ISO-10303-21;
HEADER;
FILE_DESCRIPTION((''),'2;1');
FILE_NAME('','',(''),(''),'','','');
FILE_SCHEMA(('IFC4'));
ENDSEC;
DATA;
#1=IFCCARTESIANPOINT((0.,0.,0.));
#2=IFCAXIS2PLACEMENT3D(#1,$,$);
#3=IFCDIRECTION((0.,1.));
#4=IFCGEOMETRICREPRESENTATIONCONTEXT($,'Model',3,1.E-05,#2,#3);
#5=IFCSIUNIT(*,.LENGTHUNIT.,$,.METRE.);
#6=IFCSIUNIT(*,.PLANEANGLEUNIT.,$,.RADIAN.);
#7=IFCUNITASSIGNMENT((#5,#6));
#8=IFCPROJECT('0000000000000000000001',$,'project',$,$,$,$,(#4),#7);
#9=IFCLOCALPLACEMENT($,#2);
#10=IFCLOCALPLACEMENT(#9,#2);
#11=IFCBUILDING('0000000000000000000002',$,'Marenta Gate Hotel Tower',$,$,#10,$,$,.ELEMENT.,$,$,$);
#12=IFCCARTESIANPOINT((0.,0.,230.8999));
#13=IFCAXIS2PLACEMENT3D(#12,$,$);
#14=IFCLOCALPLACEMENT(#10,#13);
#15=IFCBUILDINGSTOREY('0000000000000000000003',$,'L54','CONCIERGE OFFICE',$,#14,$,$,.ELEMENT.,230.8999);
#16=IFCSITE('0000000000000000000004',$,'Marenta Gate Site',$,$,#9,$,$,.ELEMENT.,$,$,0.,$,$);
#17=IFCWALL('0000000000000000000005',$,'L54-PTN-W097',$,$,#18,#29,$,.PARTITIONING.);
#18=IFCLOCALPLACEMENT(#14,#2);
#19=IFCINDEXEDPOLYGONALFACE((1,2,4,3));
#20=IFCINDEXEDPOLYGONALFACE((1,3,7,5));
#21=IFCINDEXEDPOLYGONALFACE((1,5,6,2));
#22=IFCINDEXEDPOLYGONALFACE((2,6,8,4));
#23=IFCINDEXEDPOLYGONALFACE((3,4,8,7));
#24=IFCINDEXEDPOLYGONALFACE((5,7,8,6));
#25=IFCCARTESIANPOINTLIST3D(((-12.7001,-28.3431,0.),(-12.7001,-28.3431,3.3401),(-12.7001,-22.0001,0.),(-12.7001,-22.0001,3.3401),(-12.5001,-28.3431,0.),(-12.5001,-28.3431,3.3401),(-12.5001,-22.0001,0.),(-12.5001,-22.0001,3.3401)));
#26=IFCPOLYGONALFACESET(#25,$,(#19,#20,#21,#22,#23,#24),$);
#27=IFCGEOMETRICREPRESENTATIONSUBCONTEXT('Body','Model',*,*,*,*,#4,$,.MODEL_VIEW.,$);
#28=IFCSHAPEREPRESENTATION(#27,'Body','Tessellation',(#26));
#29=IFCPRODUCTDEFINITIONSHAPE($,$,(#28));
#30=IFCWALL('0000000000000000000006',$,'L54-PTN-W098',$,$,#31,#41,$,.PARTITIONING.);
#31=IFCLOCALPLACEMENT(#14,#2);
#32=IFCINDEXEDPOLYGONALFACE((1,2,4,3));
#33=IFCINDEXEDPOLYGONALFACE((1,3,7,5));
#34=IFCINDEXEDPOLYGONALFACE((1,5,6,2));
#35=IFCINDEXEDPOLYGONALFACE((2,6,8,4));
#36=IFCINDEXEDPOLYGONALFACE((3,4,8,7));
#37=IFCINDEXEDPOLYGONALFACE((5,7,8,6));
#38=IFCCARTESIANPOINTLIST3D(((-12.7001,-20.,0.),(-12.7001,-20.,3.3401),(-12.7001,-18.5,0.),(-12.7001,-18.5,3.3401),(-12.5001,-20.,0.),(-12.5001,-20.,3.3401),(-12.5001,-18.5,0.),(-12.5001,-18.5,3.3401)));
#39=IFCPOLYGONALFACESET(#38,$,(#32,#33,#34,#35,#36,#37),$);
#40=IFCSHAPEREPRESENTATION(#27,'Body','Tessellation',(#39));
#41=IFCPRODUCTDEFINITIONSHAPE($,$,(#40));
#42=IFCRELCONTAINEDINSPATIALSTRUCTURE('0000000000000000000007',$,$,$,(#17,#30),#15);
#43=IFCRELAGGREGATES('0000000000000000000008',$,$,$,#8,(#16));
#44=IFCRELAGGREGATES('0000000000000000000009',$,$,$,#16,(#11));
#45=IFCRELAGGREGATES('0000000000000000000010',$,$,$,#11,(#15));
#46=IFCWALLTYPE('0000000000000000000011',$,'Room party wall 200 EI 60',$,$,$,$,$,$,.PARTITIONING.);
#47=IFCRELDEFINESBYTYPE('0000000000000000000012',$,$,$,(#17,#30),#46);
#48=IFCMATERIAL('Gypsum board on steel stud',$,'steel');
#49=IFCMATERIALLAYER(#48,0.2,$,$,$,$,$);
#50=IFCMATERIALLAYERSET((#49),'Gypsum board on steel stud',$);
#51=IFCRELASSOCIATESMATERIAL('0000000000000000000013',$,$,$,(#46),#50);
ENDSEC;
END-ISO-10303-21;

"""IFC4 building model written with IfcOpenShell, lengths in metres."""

from ifc_helpers import new_model, si_unit, direction, frame, frame_2d, origin, place, context, subcontext, project, spatial, rectangle, extrude, material, layer, layer_set, type_object, element, save


model = new_model("IFC4")

# Units and contexts
model_context = context("Model", 3, precision=1e-05, world=origin(), true_north=direction((0.0, 1.0)))
body_context = subcontext(model_context, "Body", "Model", "MODEL_VIEW")
ifc_project = project(units=[si_unit("LENGTHUNIT", "METRE"), si_unit("PLANEANGLEUNIT", "RADIAN")], contexts=[model_context])

# Site, building, storey
site_placement = place(None, origin())
site = spatial("IfcSite", under=ifc_project, at=site_placement, Name="Marenta Gate Site", CompositionType="ELEMENT", RefElevation=0.0)
building_placement = place(site_placement, origin())
building = spatial("IfcBuilding", under=site, at=building_placement, Name="Marenta Gate Hotel Tower", CompositionType="ELEMENT")
storey_placement = place(building_placement, frame((0.0, 0.0, 230.8999)))
storey = spatial("IfcBuildingStorey", under=building, at=storey_placement, Name="L54", Description="CONCIERGE OFFICE", CompositionType="ELEMENT", Elevation=230.8999)

# Walls
ifc_material_1 = material(Name="Gypsum board on steel stud", Category="steel")
ifc_layer_1 = layer(ifc_material_1, 0.2)
ifc_layer_set_1 = layer_set([ifc_layer_1], Name="Gypsum board on steel stud")
wall_type_1 = type_object("IfcWallType", Name="Room party wall 200 EI 60", PredefinedType="PARTITIONING", material=ifc_layer_set_1)
wall_1_placement = place(storey_placement, frame((-12.6001, -28.343, 0.0), z_axis=(0.0, 0.0, 1.0), x_axis=(0.0, 1.0, 0.0)))
element("IfcWall", 1, at=wall_1_placement, inside=storey, type_object=wall_type_1, Name="L54-PTN-W097", PredefinedType="PARTITIONING", context=body_context, shape_type="SweptSolid", body=[
    extrude(rectangle(XDim=6.343, YDim=0.2, at=frame_2d((3.1714, 0.0))), origin(), (0.0, 0.0, 1.0), 3.3401),
])
wall_2_placement = place(storey_placement, frame((-12.6001, -20.0, 0.0), z_axis=(0.0, 0.0, 1.0), x_axis=(0.0, 1.0, 0.0)))
element("IfcWall", 2, at=wall_2_placement, inside=storey, type_object=wall_type_1, Name="L54-PTN-W098", PredefinedType="PARTITIONING", context=body_context, shape_type="SweptSolid", body=[
    extrude(rectangle(XDim=1.5, YDim=0.2, at=frame_2d((0.75, 0.0))), origin(), (0.0, 0.0, 1.0), 3.3401),
])

save(model, "model.ifc")
